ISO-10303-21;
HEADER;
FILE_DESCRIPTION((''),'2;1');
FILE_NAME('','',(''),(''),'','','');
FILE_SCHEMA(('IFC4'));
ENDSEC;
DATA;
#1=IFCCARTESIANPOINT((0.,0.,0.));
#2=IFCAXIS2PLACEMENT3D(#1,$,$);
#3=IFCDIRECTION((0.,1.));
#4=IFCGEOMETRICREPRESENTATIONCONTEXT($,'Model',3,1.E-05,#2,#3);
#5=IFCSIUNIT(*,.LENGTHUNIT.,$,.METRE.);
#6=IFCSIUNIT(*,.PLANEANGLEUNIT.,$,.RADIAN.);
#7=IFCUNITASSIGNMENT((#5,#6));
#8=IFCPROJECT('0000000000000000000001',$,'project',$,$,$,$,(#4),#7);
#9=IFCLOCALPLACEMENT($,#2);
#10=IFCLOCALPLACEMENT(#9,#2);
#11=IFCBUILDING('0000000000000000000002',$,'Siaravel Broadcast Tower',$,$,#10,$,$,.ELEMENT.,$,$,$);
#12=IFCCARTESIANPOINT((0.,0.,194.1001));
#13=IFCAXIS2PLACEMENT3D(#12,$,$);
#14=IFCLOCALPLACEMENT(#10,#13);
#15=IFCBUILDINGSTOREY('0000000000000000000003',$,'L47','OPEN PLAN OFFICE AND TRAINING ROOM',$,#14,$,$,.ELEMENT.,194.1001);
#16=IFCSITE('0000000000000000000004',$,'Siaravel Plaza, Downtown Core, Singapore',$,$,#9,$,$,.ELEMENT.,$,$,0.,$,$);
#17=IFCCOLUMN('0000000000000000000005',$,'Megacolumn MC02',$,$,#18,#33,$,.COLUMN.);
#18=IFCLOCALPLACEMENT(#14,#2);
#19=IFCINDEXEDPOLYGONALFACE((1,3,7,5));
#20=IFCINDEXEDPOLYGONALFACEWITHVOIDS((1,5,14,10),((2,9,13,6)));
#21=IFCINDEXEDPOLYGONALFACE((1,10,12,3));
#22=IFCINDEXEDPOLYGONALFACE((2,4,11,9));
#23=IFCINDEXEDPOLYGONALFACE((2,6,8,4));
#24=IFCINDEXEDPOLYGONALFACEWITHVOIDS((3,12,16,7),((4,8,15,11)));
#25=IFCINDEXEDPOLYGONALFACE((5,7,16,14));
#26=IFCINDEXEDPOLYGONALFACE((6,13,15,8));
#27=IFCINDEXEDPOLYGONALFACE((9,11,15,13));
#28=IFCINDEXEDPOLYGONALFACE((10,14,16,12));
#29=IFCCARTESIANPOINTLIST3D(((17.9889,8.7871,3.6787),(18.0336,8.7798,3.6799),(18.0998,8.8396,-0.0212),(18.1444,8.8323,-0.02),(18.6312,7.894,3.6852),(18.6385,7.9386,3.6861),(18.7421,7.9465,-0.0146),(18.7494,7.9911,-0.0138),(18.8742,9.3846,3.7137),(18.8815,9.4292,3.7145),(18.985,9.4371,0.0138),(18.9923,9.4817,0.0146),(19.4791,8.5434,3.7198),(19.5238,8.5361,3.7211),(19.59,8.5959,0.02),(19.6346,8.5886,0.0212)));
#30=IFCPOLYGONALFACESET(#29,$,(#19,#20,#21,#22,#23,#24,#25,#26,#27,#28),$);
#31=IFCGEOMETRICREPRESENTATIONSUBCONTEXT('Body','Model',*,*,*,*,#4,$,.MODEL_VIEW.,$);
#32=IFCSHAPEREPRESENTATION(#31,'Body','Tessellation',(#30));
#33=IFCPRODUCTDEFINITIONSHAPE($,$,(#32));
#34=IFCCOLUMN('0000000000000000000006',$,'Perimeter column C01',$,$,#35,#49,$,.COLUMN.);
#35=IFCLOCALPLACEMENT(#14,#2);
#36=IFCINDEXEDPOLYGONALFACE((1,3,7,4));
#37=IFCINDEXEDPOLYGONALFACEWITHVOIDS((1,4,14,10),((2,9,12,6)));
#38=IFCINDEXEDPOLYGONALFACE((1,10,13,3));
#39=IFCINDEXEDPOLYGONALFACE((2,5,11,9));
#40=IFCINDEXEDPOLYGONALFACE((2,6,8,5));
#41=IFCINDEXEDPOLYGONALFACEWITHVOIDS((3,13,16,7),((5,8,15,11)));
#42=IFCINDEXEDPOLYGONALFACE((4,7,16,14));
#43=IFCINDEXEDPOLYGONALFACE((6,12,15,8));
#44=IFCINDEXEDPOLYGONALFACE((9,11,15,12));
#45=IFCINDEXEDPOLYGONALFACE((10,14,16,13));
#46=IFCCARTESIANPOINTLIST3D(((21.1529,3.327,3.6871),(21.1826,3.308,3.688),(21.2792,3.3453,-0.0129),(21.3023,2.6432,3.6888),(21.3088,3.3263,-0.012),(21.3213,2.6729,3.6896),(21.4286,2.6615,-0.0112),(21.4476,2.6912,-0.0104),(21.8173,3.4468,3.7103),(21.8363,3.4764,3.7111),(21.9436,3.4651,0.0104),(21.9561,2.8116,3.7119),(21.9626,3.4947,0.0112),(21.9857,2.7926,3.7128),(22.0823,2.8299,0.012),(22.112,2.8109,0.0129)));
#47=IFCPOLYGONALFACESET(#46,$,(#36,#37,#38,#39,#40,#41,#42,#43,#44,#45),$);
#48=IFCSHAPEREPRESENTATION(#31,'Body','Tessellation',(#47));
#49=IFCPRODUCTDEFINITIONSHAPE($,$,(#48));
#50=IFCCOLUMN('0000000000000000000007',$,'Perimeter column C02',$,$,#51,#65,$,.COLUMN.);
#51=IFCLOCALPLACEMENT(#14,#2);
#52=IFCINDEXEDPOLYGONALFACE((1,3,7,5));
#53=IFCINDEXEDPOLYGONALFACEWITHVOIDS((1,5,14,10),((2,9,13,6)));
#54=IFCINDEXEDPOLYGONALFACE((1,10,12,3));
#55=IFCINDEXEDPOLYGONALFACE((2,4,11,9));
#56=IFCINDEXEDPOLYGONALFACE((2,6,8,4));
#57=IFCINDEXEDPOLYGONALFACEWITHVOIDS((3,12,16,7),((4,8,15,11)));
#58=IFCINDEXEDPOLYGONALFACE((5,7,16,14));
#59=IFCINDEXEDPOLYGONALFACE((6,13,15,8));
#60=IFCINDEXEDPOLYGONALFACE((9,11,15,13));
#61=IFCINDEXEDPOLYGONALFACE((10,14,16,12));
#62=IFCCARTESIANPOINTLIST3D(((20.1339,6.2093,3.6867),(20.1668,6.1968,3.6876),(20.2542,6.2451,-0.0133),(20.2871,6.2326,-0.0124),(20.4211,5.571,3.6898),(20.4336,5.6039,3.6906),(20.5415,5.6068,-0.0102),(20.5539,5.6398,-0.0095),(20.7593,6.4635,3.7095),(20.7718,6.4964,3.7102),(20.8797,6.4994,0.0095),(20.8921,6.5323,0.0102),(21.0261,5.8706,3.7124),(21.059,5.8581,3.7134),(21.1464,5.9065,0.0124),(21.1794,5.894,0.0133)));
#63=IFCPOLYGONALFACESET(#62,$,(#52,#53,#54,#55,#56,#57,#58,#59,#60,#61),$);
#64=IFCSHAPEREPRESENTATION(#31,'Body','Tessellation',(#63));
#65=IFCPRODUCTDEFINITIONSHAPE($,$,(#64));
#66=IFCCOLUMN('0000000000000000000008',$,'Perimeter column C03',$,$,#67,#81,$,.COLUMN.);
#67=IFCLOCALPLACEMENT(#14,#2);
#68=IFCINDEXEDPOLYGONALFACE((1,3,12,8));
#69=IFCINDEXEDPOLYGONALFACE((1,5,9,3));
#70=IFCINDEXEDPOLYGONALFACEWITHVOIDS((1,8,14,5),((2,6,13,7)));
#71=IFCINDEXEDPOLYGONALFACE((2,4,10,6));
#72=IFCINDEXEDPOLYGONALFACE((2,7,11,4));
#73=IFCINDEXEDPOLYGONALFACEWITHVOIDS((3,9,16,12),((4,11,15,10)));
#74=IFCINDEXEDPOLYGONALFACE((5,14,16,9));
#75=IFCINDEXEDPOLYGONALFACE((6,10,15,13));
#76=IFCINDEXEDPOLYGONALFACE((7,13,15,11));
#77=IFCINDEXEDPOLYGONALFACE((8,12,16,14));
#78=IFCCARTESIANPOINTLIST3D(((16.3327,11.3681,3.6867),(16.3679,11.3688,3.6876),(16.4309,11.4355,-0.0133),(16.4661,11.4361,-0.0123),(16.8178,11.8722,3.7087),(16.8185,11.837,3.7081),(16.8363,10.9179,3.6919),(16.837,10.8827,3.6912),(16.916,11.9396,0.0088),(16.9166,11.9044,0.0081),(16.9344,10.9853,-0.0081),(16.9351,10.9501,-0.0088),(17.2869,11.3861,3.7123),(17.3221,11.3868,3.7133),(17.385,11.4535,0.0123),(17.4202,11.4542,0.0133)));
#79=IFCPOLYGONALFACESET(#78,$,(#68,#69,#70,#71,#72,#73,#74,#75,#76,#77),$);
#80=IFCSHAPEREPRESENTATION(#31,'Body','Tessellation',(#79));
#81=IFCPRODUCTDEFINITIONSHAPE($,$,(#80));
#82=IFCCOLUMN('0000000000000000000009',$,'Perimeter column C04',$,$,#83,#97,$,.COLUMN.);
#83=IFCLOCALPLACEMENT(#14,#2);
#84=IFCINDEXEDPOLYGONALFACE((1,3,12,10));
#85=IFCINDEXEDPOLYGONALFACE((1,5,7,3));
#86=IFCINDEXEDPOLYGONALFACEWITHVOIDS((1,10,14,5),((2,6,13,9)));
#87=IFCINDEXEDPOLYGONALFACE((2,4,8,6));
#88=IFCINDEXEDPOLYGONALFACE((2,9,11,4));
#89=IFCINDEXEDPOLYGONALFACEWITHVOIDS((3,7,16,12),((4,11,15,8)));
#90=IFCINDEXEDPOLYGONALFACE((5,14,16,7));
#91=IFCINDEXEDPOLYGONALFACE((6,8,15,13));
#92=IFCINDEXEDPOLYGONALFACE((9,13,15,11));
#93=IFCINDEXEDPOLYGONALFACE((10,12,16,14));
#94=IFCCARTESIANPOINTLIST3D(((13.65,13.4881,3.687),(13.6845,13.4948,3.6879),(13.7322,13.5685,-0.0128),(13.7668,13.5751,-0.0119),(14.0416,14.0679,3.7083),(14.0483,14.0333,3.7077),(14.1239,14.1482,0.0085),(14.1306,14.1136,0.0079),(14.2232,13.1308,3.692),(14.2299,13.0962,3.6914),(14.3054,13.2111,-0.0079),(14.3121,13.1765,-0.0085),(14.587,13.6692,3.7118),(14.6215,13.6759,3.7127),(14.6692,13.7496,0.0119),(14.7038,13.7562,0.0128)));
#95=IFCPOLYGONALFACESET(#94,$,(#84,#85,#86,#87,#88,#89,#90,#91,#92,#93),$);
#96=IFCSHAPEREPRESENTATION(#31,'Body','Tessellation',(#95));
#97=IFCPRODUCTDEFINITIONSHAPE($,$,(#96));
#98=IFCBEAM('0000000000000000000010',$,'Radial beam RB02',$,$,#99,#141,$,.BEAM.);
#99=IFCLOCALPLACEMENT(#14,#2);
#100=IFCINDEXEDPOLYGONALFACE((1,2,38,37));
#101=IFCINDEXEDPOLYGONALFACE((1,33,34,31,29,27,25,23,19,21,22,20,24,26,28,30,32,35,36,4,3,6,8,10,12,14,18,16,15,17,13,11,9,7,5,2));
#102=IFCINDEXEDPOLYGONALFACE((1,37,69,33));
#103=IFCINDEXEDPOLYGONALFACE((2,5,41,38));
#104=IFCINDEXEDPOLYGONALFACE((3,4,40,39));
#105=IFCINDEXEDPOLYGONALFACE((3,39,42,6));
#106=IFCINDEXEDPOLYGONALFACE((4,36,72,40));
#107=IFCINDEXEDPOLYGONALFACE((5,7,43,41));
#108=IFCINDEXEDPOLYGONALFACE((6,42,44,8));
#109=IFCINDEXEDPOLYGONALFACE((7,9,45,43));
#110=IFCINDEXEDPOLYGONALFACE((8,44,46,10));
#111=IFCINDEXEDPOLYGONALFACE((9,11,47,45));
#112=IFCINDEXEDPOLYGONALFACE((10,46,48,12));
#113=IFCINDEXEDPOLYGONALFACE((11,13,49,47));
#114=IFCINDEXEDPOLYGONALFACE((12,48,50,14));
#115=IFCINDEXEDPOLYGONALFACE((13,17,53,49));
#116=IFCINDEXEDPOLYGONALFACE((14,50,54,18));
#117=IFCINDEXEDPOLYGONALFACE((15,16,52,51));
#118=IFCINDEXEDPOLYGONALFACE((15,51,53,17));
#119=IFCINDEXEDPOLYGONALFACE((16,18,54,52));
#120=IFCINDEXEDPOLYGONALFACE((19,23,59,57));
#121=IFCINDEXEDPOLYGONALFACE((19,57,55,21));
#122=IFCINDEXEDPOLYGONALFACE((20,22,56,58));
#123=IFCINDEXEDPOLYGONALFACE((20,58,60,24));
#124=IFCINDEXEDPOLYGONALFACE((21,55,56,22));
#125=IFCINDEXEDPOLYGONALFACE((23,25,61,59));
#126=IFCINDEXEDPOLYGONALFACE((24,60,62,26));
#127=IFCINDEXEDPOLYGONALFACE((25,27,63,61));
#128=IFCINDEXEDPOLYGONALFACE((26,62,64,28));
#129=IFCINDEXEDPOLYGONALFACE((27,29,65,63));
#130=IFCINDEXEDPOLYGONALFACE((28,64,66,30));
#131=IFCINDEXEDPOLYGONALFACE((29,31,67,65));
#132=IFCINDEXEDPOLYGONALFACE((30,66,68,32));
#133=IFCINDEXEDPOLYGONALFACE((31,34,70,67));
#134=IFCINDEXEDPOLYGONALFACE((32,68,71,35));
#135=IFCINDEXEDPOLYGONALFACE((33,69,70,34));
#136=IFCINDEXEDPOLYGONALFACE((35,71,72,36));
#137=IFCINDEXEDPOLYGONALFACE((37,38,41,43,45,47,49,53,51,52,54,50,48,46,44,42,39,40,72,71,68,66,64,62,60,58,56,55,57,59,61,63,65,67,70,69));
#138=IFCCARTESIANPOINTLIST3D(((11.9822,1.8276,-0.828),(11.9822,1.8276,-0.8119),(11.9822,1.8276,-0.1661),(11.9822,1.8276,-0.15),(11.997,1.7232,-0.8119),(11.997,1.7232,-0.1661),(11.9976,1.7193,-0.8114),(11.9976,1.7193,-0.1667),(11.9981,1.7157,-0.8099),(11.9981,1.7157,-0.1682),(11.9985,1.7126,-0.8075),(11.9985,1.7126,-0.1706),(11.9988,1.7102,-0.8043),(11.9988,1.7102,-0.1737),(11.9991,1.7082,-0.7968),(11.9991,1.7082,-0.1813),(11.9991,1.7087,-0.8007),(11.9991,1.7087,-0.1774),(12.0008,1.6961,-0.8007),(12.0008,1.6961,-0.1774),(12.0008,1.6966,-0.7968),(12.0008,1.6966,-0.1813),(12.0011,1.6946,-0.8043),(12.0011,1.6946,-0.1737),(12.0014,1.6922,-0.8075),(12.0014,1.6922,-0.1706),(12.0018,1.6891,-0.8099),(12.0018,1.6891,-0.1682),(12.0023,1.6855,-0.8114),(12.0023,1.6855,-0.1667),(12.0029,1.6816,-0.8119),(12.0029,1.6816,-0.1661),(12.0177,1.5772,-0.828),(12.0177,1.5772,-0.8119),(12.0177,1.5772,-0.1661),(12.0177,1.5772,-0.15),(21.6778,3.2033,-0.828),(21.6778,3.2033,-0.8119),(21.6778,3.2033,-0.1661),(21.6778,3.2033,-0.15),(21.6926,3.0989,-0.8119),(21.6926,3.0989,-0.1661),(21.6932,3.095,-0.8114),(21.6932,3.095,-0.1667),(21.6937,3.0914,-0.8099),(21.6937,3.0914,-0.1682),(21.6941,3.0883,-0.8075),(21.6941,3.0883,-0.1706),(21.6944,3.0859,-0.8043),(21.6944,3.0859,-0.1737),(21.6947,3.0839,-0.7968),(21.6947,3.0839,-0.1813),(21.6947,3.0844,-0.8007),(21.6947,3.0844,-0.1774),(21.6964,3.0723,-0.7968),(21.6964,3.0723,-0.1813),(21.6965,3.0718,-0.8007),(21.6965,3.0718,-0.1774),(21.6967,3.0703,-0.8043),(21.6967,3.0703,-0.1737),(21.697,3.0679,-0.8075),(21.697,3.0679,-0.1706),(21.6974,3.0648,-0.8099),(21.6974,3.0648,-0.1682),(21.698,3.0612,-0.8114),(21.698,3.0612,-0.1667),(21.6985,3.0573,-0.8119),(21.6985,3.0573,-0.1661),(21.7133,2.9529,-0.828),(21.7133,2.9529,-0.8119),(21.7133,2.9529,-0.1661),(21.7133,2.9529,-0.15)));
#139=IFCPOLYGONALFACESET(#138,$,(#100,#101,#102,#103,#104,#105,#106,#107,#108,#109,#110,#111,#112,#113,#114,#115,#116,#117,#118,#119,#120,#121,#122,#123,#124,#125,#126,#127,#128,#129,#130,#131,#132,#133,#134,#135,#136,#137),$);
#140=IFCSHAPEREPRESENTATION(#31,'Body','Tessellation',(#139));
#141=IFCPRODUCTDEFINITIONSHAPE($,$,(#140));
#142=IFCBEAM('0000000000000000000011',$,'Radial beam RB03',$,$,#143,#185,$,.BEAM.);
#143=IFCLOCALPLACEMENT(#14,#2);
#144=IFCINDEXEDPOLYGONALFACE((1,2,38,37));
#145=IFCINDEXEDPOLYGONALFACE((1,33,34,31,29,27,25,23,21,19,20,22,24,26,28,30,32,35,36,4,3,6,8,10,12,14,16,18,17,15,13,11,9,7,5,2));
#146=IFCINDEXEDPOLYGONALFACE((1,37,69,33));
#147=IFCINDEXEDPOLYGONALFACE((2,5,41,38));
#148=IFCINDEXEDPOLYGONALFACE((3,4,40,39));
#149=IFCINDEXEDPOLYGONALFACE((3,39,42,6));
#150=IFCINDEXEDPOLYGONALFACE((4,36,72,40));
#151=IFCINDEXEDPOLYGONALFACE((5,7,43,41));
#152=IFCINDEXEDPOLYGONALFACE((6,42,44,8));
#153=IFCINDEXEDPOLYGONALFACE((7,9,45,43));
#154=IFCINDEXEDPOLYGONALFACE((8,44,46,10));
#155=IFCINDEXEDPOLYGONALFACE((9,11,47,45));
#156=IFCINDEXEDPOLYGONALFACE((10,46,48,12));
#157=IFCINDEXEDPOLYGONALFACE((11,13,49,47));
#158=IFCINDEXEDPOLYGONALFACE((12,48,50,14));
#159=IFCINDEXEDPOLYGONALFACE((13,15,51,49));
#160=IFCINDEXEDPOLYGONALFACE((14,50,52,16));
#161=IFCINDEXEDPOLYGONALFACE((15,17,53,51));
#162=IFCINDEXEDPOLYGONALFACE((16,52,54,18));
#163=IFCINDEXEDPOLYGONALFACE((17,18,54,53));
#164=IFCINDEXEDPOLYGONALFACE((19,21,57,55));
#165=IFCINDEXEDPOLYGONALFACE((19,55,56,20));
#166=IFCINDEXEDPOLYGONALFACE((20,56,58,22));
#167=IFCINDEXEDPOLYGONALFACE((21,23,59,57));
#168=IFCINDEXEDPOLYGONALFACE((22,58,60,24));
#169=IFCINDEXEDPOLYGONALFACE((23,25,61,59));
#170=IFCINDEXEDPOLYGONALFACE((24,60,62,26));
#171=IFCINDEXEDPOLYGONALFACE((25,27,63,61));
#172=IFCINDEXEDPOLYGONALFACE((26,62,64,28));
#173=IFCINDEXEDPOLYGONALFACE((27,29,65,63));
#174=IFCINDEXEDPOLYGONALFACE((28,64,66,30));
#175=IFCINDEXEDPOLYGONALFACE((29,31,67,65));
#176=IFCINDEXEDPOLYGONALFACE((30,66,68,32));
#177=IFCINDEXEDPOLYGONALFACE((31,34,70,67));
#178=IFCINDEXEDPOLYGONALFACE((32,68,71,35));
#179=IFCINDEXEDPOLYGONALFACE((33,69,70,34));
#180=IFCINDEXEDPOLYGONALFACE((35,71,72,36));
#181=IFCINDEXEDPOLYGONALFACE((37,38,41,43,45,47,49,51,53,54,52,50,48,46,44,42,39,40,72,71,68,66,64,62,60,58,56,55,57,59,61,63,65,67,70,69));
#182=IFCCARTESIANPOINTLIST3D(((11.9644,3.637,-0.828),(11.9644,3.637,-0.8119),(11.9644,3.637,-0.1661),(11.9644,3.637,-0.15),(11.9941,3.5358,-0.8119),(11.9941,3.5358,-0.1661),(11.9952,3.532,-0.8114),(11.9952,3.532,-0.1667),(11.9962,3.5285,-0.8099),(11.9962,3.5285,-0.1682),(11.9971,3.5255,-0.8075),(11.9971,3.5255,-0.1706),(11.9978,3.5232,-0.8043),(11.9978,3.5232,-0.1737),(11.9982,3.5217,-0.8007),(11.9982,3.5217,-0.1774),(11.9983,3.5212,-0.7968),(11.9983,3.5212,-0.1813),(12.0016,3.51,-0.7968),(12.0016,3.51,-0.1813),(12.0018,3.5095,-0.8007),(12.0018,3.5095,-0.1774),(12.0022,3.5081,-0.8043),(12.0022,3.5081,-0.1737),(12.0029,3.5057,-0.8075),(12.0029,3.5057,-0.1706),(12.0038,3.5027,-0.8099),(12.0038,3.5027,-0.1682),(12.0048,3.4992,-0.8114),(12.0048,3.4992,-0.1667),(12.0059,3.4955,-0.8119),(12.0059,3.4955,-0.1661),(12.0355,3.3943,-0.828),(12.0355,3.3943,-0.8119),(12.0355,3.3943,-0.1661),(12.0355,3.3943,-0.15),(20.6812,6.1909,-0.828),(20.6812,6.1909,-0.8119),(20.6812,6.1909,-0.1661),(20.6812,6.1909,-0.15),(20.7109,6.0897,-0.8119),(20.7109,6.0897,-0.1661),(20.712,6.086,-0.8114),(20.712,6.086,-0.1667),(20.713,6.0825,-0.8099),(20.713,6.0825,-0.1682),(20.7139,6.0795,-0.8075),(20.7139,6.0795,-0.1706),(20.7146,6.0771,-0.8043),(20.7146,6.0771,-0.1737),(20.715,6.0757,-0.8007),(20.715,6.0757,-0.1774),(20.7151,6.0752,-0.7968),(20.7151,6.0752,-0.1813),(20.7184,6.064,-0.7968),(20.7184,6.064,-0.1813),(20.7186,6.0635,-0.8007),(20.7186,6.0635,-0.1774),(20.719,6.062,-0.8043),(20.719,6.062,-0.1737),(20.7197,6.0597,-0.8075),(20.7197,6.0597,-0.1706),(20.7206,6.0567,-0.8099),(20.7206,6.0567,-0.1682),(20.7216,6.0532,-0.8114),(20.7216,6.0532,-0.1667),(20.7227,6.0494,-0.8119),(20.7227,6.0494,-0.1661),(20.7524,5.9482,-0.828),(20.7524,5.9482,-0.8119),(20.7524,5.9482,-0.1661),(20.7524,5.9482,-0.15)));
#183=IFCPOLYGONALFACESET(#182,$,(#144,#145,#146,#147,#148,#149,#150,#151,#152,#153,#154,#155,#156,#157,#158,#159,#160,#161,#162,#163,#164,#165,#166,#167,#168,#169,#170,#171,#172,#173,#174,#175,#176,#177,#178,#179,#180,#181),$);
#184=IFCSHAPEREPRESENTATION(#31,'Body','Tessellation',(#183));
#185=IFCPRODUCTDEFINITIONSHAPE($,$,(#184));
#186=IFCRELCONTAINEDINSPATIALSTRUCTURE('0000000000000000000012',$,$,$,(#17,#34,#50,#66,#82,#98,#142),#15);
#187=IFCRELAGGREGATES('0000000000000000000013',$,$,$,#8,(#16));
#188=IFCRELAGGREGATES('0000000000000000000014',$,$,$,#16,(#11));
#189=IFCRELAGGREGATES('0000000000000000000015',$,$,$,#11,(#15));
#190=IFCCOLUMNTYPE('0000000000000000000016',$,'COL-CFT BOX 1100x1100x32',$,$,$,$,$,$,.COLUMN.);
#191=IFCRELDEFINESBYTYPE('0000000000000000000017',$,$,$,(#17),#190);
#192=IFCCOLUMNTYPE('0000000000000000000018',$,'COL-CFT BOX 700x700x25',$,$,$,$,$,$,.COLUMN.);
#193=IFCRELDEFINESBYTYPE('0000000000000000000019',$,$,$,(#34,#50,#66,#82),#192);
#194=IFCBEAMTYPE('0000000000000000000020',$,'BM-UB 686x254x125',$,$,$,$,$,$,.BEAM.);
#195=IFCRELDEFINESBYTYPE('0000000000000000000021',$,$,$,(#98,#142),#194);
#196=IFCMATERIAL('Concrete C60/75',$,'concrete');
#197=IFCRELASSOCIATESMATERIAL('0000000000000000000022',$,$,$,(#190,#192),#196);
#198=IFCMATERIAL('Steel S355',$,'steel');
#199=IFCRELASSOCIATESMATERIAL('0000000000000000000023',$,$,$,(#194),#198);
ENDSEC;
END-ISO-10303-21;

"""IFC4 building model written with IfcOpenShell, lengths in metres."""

from ifc_helpers import new_model, si_unit, direction, frame, origin, origin_2d, place, context, subcontext, project, spatial, hollow_rectangle, i_section, extrude, material, material_profile, profile_set, type_object, element, save


model = new_model("IFC4")

# Units and contexts
model_context = context("Model", 3, precision=1e-05, world=origin(), true_north=direction((0.0, 1.0)))
body_context = subcontext(model_context, "Body", "Model", "MODEL_VIEW")
ifc_project = project(units=[si_unit("LENGTHUNIT", "METRE"), si_unit("PLANEANGLEUNIT", "RADIAN")], contexts=[model_context])

# Site, building, storey
site_placement = place(None, origin())
site = spatial("IfcSite", under=ifc_project, at=site_placement, Name="Siaravel Plaza, Downtown Core, Singapore", CompositionType="ELEMENT", RefElevation=0.0)
building_placement = place(site_placement, origin())
building = spatial("IfcBuilding", under=site, at=building_placement, Name="Siaravel Broadcast Tower", CompositionType="ELEMENT")
storey_placement = place(building_placement, frame((0.0, 0.0, 194.1001)))
storey = spatial("IfcBuildingStorey", under=building, at=storey_placement, Name="L47", Description="OPEN PLAN OFFICE AND TRAINING ROOM", CompositionType="ELEMENT", Elevation=194.1001)

# Columns
ifc_material_1 = material(Name="Concrete C60/75", Category="concrete")
ifc_material_profile_1 = material_profile(ifc_material_1, hollow_rectangle(XDim=1.1001, YDim=1.1001, WallThickness=0.032, at=origin_2d()))
ifc_profile_set_1 = profile_set([ifc_material_profile_1], Name="Concrete C60/75")
column_type_1 = type_object("IfcColumnType", Name="COL-CFT BOX 1100x1100x32", PredefinedType="COLUMN", material=ifc_profile_set_1)
column_1_placement = place(storey_placement, frame((18.8672, 8.7141, 0.0), z_axis=(-0.029941, -0.014179, 0.999451), x_axis=(0.583859, -0.811833, 0.005973)))
element("IfcColumn", 1, at=column_1_placement, inside=storey, type_object=column_type_1, Name="Megacolumn MC02", PredefinedType="COLUMN", context=body_context, shape_type="SweptSolid", body=[
    extrude(hollow_rectangle(XDim=1.1001, YDim=1.1001, WallThickness=0.032, at=origin_2d()), origin(), (0.0, 0.0, 1.0), 3.7019),
])
ifc_material_profile_2 = material_profile(ifc_material_1, hollow_rectangle(XDim=0.7, YDim=0.7, WallThickness=0.0249, at=origin_2d()))
ifc_profile_set_2 = profile_set([ifc_material_profile_2], Name="Concrete C60/75")
column_type_2 = type_object("IfcColumnType", Name="COL-CFT BOX 700x700x25", PredefinedType="COLUMN", material=ifc_profile_set_2)
for number, where, z_axis, x_axis, name in (
    (2, (21.6956, 3.0781, 0.0), (-0.034094, -0.004946, 0.999406), (0.213452, -0.97695, 0.002447), "Perimeter column C01"),
    (3, (20.7168, 6.0696, 0.0), (-0.032512, -0.009694, 0.999424), (0.410363, -0.911911, 0.004504), "Perimeter column C02"),
):
    element("IfcColumn", number, at=place(storey_placement, frame(where, z_axis=z_axis, x_axis=x_axis)), inside=storey, type_object=column_type_2, Name=name, PredefinedType="COLUMN", context=body_context, shape_type="SweptSolid", body=[
        extrude(hollow_rectangle(XDim=0.7, YDim=0.7, WallThickness=0.0249, at=origin_2d()), origin(), (0.0, 0.0, 1.0), 3.7021),
    ])
column_2_placement = place(storey_placement, frame((16.9255, 11.4448, 0.0), z_axis=(-0.026512, -0.018202, 0.999483), x_axis=(0.720419, -0.693508, 0.00648)))
element("IfcColumn", 4, at=column_2_placement, inside=storey, type_object=column_type_2, Name="Perimeter column C03", PredefinedType="COLUMN", context=body_context, shape_type="SweptSolid", body=[
    extrude(hollow_rectangle(XDim=0.7, YDim=0.7, WallThickness=0.0249, at=origin_2d()), origin(), (0.0, 0.0, 1.0), 3.7019),
])
column_3_placement = place(storey_placement, frame((14.218, 13.6624, 0.0), z_axis=(-0.022226, -0.021699, 0.999517), x_axis=(0.828497, -0.559958, 0.006267)))
element("IfcColumn", 5, at=column_3_placement, inside=storey, type_object=column_type_2, Name="Perimeter column C04", PredefinedType="COLUMN", context=body_context, shape_type="SweptSolid", body=[
    extrude(hollow_rectangle(XDim=0.7, YDim=0.7, WallThickness=0.0249, at=origin_2d()), origin(), (0.0, 0.0, 1.0), 3.7017),
])

# Beams
ifc_material_2 = material(Name="Steel S355", Category="steel")
ifc_material_profile_3 = material_profile(ifc_material_2, i_section(OverallWidth=0.2529, OverallDepth=0.678, WebThickness=0.0117, FlangeThickness=0.0161, FilletRadius=0.0151, at=origin_2d()))
ifc_profile_set_3 = profile_set([ifc_material_profile_3], Name="Steel S355")
beam_type = type_object("IfcBeamType", Name="BM-UB 686x254x125", PredefinedType="BEAM", material=ifc_profile_set_3)
beam_1_placement = place(storey_placement, frame((21.6956, 3.0781, -0.489), z_axis=(-0.990083, -0.140486, 0.0), x_axis=(0.140486, -0.990083, 0.0)))
element("IfcBeam", 6, at=beam_1_placement, inside=storey, type_object=beam_type, Name="Radial beam RB02", PredefinedType="BEAM", context=body_context, shape_type="SweptSolid", body=[
    extrude(i_section(OverallWidth=0.2529, OverallDepth=0.678, WebThickness=0.0117, FlangeThickness=0.0161, FilletRadius=0.0151, at=origin_2d()), origin(), (0.0, 0.0, 1.0), 9.7927),
])
beam_2_placement = place(storey_placement, frame((20.7168, 6.0696, -0.489), z_axis=(-0.959657, -0.281172, 0.0), x_axis=(0.281172, -0.959657, 0.0)))
element("IfcBeam", 7, at=beam_2_placement, inside=storey, type_object=beam_type, Name="Radial beam RB03", PredefinedType="BEAM", context=body_context, shape_type="SweptSolid", body=[
    extrude(i_section(OverallWidth=0.2529, OverallDepth=0.678, WebThickness=0.0117, FlangeThickness=0.0161, FilletRadius=0.0151, at=origin_2d()), origin(), (0.0, 0.0, 1.0), 9.0833),
])

save(model, "model.ifc")
